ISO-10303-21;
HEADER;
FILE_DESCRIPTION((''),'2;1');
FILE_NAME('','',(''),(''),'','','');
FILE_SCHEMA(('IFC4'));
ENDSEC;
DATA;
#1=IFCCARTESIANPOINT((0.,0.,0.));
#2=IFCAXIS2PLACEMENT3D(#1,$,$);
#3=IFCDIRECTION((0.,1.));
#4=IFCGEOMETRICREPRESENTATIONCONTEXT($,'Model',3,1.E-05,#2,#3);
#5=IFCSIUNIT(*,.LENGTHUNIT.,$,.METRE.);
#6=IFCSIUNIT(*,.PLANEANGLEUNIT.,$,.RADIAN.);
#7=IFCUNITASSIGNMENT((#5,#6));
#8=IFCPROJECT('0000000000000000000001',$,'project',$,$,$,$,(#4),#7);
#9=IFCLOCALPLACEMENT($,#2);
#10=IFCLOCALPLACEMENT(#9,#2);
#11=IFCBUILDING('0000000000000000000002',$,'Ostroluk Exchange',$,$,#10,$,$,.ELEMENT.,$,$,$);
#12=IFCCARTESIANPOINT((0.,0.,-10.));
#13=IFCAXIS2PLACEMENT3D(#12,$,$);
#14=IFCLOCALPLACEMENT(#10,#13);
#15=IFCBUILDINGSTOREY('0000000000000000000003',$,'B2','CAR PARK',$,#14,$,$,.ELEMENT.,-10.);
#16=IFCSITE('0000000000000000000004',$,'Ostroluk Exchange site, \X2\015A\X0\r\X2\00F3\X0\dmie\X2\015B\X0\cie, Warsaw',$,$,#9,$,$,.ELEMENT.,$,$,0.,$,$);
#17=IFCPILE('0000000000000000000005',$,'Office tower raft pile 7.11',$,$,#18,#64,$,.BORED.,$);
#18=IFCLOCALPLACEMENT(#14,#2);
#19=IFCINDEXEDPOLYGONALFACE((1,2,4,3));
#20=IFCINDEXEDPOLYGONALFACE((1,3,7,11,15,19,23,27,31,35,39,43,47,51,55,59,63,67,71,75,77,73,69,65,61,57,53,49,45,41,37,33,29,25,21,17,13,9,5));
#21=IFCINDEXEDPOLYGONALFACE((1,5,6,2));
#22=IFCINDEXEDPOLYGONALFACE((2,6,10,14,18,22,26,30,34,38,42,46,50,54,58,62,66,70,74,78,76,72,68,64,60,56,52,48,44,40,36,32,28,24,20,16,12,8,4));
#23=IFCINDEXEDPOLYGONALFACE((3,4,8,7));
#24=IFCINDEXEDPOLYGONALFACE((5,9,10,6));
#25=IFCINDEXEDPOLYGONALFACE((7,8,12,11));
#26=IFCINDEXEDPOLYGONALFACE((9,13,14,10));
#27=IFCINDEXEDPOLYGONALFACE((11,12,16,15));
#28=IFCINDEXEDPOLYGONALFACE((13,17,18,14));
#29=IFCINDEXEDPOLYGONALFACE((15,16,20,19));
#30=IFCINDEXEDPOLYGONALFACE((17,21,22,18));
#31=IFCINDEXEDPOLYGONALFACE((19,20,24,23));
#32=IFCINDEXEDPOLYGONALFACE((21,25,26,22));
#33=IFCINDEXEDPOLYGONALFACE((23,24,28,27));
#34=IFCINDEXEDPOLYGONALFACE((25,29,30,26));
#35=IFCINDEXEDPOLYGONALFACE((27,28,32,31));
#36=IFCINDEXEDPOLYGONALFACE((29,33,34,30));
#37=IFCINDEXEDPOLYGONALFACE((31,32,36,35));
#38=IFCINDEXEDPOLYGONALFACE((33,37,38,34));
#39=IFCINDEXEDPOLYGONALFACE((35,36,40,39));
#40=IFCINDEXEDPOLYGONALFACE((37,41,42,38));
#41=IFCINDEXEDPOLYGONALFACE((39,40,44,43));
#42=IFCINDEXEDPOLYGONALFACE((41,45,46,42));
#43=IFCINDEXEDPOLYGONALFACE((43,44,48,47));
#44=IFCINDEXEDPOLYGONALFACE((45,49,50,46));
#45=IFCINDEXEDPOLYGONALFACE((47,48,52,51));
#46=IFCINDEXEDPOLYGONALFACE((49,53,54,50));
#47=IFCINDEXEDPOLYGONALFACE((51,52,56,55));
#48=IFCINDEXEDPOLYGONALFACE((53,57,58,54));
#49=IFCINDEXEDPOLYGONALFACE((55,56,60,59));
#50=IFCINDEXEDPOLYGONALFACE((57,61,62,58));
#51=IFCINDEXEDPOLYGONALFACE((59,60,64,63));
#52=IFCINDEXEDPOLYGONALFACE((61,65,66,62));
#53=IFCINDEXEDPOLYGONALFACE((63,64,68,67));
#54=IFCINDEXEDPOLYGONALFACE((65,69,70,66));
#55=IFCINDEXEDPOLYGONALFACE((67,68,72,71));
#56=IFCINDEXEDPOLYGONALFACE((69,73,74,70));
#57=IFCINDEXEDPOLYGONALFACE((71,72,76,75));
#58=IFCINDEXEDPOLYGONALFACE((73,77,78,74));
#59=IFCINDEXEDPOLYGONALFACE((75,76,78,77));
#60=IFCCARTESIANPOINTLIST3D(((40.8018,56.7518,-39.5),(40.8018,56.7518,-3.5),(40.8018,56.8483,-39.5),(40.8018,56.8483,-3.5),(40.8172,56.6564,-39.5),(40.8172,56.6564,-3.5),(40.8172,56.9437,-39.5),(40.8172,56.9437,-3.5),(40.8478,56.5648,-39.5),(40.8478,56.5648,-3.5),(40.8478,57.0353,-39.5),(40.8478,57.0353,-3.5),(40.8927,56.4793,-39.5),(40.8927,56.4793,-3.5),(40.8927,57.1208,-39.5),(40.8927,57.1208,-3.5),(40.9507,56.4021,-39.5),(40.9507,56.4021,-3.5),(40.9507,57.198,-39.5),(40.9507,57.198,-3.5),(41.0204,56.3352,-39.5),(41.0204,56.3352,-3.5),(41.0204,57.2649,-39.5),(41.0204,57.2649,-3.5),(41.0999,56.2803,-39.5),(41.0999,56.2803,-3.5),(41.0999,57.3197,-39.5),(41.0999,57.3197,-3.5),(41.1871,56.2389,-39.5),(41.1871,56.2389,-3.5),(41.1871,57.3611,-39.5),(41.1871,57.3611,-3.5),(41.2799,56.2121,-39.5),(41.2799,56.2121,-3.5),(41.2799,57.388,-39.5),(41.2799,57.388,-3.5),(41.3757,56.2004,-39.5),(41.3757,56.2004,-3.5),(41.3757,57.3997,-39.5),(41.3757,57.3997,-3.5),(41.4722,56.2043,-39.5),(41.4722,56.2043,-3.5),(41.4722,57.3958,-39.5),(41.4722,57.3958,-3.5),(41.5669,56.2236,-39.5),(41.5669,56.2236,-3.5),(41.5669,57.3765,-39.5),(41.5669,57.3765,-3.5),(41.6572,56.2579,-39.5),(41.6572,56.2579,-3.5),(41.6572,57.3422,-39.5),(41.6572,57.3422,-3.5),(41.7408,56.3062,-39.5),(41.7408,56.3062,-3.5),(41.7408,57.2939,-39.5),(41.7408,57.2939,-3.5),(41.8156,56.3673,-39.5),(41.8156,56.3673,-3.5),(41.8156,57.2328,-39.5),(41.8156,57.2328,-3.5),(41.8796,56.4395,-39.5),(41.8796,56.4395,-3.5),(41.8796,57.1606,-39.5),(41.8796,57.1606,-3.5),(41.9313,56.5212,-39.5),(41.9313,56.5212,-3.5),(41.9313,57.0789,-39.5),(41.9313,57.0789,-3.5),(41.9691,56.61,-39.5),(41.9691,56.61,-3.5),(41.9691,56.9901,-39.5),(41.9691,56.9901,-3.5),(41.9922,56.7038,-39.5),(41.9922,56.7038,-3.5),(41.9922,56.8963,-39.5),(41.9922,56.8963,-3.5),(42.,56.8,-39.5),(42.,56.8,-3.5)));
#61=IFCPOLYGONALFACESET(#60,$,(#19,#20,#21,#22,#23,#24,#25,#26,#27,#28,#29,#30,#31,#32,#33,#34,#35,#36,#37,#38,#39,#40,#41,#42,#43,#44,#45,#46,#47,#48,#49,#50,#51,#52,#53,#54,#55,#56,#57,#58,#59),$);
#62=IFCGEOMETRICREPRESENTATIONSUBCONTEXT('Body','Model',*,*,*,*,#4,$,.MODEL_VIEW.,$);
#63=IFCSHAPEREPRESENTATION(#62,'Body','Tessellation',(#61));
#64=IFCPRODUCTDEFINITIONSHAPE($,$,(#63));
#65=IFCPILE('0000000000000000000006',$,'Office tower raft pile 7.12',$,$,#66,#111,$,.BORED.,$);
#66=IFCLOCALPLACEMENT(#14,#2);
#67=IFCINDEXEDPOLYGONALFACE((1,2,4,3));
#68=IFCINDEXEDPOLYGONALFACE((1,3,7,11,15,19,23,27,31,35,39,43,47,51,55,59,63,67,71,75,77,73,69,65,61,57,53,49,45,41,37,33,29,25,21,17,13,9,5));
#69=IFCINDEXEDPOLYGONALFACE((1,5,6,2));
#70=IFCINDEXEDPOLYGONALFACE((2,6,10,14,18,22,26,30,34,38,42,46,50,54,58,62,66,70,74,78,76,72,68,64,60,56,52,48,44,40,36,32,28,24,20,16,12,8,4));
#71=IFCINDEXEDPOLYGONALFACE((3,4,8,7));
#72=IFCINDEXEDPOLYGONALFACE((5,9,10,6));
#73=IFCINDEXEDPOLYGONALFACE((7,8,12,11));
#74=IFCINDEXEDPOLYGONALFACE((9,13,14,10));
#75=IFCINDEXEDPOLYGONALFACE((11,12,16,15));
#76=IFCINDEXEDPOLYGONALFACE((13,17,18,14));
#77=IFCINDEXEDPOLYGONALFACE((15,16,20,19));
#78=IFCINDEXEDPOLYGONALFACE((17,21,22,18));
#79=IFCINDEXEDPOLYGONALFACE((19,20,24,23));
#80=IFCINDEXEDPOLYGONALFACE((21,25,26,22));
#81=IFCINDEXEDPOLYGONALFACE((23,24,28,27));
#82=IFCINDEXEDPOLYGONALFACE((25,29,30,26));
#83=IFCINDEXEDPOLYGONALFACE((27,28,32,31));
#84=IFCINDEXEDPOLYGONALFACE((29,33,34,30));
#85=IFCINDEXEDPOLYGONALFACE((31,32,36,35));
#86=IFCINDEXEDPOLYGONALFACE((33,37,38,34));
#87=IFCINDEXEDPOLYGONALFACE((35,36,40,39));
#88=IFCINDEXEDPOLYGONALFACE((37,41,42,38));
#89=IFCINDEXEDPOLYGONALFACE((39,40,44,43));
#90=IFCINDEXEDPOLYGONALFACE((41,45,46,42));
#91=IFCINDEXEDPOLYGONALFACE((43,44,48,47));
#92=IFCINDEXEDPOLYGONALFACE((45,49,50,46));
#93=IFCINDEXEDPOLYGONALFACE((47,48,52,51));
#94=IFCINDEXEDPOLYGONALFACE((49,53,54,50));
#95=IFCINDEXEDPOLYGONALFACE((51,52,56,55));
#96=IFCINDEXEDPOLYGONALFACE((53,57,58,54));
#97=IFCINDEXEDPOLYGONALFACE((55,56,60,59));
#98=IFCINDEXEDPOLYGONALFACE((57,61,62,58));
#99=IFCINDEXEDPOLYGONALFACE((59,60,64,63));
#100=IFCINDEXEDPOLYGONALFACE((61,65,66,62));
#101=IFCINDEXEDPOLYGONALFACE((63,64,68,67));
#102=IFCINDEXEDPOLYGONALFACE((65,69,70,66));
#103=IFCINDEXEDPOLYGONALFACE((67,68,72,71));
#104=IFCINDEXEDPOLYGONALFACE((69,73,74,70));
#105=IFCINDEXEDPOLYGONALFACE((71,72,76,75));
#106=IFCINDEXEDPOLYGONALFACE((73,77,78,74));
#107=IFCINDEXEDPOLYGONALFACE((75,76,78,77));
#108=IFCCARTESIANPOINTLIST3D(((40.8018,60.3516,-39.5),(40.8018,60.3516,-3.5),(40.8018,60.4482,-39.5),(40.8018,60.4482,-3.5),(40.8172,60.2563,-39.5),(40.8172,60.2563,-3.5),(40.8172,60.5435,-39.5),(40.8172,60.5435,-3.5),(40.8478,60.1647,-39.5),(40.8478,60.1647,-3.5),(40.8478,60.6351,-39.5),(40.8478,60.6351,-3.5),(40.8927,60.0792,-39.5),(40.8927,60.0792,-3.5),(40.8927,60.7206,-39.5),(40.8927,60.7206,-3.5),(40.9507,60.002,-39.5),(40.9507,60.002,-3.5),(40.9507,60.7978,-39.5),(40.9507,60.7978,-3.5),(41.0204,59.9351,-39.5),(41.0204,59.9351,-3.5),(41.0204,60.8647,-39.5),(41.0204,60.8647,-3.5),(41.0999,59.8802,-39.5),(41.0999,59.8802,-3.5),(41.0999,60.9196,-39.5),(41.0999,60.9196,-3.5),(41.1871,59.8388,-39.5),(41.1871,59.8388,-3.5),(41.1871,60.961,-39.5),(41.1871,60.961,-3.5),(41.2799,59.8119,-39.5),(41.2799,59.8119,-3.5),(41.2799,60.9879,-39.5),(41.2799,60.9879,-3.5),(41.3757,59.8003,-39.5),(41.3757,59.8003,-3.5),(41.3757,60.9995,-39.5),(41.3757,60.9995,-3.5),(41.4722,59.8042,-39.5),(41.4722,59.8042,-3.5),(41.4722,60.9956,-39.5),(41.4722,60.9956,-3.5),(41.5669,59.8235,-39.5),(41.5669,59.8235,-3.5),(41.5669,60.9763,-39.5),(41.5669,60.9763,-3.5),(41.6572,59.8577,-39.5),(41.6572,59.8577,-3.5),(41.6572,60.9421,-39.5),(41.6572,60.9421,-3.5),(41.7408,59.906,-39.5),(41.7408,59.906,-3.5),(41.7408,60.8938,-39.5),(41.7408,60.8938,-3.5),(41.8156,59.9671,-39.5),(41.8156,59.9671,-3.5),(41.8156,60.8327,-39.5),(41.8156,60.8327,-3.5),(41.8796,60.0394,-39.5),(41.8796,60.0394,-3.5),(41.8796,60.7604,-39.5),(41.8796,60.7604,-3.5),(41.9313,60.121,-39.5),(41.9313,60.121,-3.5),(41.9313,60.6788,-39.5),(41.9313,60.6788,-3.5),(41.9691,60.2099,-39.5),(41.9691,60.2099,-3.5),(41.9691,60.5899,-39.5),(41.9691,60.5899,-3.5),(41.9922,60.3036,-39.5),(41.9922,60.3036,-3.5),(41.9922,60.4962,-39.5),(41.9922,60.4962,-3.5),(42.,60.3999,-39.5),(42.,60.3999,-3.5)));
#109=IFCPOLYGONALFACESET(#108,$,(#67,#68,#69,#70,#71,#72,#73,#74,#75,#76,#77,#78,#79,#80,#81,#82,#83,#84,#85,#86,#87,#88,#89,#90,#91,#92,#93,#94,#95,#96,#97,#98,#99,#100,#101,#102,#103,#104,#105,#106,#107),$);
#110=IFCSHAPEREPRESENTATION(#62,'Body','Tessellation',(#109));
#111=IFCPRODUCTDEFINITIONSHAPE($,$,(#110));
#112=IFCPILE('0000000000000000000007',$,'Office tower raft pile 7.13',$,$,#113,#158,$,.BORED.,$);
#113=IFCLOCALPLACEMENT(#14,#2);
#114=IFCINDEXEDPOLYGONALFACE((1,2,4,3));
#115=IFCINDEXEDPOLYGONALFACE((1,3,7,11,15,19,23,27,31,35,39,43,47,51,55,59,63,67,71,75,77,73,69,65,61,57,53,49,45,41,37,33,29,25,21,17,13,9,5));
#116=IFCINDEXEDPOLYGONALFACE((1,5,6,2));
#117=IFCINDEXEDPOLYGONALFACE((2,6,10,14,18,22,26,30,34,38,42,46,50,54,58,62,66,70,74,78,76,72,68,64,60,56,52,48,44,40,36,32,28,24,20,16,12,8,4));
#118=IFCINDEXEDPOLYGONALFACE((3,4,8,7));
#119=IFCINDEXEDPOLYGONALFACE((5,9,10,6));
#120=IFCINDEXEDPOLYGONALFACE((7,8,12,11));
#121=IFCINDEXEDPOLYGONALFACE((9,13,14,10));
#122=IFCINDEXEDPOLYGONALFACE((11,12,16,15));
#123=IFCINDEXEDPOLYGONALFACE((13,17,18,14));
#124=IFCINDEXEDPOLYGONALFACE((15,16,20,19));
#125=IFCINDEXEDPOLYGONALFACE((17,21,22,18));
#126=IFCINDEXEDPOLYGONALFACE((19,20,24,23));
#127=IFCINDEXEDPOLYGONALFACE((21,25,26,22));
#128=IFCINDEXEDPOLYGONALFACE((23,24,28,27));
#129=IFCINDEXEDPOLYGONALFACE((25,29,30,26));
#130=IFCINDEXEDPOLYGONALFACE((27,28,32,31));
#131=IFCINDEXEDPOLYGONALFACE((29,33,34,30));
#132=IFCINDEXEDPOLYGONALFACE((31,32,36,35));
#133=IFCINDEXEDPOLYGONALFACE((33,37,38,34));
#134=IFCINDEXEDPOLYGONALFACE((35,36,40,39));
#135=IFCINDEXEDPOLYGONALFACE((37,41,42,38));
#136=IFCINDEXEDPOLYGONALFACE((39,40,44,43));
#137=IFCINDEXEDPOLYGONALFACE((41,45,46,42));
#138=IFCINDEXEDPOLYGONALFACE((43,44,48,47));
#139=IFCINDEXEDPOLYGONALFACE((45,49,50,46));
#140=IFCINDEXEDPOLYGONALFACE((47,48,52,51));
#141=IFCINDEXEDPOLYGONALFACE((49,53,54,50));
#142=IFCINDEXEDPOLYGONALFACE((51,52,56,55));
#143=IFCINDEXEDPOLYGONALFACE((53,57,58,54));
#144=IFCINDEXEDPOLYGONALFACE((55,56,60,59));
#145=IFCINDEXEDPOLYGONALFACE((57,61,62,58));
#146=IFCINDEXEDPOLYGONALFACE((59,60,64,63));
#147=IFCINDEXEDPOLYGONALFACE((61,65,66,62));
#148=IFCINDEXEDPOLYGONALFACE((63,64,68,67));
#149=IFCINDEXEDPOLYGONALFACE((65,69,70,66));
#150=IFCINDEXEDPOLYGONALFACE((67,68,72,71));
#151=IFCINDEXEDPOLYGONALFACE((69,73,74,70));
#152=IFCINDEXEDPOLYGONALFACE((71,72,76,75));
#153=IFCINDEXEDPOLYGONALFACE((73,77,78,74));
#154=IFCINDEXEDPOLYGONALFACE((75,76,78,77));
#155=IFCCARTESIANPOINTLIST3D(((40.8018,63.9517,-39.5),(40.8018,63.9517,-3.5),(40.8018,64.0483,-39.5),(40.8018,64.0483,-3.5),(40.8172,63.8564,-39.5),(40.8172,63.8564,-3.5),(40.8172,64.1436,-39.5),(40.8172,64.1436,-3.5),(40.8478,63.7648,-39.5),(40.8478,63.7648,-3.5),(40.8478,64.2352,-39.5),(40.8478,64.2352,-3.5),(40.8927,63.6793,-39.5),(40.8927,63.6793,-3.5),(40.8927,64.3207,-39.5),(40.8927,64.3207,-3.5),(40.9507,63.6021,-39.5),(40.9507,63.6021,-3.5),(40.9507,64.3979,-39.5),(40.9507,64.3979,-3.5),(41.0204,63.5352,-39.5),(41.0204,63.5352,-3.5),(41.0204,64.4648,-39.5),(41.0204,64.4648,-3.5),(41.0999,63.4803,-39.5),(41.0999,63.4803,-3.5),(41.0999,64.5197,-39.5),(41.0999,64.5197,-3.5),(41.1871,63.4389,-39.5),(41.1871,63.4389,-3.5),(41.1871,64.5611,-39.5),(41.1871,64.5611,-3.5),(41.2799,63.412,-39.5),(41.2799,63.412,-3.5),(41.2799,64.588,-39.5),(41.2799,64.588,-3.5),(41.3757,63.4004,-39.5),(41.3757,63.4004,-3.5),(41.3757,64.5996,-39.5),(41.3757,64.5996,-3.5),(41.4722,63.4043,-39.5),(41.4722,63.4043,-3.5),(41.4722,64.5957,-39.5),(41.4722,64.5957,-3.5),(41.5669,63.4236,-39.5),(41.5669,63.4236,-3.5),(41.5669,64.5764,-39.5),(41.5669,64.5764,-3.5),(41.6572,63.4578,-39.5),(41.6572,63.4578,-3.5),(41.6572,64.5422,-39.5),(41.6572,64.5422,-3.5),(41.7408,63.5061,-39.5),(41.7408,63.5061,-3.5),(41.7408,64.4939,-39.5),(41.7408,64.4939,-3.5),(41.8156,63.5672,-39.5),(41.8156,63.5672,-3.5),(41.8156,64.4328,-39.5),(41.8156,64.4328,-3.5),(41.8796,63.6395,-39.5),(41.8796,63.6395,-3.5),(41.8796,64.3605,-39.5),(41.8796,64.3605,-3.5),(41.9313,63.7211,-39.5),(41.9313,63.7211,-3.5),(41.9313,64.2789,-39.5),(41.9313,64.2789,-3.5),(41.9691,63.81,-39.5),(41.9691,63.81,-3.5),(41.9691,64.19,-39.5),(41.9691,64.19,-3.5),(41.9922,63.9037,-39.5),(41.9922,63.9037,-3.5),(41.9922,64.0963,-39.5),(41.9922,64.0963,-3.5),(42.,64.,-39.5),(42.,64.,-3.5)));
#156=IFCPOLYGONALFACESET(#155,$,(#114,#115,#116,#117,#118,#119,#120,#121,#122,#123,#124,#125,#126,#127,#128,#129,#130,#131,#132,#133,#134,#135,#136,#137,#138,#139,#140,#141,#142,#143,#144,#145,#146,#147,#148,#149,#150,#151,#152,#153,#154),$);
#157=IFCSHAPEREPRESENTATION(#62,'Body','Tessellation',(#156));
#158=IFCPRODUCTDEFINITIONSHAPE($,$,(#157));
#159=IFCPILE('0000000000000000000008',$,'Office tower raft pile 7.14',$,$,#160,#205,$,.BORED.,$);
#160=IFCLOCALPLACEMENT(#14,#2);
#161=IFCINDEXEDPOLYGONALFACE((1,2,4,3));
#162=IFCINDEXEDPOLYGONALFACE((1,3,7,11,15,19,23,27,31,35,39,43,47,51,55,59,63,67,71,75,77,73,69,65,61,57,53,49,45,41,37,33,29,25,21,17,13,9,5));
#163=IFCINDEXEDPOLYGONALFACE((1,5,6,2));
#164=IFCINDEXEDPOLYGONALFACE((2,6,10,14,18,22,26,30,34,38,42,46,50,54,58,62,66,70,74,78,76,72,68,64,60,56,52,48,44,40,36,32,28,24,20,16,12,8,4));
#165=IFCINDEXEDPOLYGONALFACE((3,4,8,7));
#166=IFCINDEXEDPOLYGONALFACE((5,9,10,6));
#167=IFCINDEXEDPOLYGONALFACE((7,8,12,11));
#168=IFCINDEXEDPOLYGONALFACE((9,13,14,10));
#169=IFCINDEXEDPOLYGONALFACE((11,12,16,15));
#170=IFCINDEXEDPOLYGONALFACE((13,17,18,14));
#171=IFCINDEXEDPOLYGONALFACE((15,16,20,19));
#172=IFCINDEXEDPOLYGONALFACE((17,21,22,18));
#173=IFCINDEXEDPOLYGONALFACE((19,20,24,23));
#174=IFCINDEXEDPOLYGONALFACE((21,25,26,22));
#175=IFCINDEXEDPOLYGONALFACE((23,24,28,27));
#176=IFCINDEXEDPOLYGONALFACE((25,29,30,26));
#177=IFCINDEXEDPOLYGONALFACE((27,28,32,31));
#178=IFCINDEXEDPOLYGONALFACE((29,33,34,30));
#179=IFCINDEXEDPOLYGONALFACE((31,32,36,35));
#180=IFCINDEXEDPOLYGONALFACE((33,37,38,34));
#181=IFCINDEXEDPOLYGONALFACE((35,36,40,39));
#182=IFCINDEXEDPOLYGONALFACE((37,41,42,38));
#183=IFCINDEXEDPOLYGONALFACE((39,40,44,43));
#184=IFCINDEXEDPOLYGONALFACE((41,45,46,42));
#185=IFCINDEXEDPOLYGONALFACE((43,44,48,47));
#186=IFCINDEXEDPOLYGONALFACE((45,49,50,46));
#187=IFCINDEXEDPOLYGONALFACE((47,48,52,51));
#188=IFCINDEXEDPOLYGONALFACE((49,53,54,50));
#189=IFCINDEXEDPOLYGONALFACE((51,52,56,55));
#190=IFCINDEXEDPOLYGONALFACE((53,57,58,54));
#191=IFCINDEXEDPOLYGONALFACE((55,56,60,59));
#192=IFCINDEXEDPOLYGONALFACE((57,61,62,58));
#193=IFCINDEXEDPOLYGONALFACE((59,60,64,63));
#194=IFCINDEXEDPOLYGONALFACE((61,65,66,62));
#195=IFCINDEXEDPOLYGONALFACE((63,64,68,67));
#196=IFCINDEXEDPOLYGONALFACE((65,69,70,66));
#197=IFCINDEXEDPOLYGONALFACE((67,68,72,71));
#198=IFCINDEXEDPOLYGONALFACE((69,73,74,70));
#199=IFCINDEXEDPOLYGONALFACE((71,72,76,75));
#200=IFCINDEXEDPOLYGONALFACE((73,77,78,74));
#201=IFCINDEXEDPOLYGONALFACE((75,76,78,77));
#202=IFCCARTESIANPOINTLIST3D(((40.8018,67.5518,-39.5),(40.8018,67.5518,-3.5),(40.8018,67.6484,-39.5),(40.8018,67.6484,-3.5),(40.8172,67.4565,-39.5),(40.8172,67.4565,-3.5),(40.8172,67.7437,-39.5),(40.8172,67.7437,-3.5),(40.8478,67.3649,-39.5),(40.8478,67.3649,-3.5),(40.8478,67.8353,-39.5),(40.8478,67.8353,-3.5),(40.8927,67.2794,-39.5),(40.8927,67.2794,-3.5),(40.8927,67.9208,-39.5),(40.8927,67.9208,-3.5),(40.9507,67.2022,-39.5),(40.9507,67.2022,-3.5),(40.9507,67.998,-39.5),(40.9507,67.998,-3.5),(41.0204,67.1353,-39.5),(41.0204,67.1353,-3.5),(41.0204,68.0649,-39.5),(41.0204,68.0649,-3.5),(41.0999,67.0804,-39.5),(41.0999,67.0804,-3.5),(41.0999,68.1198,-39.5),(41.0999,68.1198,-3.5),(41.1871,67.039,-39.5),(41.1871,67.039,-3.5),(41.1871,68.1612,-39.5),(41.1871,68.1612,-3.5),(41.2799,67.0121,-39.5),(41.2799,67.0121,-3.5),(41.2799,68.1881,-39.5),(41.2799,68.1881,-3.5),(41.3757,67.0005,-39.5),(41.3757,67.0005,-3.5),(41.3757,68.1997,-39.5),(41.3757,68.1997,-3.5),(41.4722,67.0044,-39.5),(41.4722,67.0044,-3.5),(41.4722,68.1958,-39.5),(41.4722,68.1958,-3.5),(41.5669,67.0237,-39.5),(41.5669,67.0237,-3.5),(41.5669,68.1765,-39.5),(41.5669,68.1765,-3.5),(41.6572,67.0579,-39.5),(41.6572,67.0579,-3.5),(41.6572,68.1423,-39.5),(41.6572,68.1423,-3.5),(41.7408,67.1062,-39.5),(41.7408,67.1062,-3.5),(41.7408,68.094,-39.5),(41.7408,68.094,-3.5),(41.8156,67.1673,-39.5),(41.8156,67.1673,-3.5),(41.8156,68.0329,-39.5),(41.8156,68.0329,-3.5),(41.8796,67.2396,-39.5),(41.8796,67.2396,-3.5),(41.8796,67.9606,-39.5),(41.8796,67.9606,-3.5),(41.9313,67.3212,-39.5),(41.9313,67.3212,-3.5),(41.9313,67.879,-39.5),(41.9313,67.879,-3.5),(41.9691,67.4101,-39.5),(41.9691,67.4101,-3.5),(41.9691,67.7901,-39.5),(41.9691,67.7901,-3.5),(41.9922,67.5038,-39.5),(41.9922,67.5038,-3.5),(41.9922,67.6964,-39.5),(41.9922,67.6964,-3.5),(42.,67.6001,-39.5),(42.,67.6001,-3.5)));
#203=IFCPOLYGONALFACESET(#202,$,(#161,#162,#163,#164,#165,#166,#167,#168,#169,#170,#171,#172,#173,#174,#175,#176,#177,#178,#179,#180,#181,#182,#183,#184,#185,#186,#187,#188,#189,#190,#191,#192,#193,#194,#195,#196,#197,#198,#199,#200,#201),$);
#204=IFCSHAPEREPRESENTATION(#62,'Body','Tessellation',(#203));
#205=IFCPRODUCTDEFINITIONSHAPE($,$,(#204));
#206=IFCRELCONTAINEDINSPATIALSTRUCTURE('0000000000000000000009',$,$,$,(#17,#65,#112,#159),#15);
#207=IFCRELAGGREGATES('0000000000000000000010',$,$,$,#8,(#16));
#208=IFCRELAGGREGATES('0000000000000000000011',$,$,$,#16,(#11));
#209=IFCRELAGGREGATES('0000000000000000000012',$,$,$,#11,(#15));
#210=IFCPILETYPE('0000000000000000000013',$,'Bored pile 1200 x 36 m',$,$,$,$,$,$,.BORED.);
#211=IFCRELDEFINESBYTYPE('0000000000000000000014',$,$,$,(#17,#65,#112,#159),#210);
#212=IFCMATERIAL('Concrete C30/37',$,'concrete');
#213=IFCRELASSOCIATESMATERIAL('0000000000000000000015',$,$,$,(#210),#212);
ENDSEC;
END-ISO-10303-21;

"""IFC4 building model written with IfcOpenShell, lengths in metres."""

from ifc_helpers import new_model, si_unit, direction, frame, origin, origin_2d, place, context, subcontext, project, spatial, circle, extrude, material, type_object, element, save


model = new_model("IFC4")

# Units and contexts
model_context = context("Model", 3, precision=1e-05, world=origin(), true_north=direction((0.0, 1.0)))
body_context = subcontext(model_context, "Body", "Model", "MODEL_VIEW")
ifc_project = project(units=[si_unit("LENGTHUNIT", "METRE"), si_unit("PLANEANGLEUNIT", "RADIAN")], contexts=[model_context])

# Site, building, storey
site_placement = place(None, origin())
site = spatial("IfcSite", under=ifc_project, at=site_placement, Name="Ostroluk Exchange site, Śródmieście, Warsaw", CompositionType="ELEMENT", RefElevation=0.0)
building_placement = place(site_placement, origin())
building = spatial("IfcBuilding", under=site, at=building_placement, Name="Ostroluk Exchange", CompositionType="ELEMENT")
storey_placement = place(building_placement, frame((0.0, 0.0, -10.0)))
storey = spatial("IfcBuildingStorey", under=building, at=storey_placement, Name="B2", Description="CAR PARK", CompositionType="ELEMENT", Elevation=-10.0)

# Piles
ifc_material_1 = material(Name="Concrete C30/37", Category="concrete")
pile_type = type_object("IfcPileType", Name="Bored pile 1200 x 36 m", PredefinedType="BORED", material=ifc_material_1)
for number, where, z_axis, x_axis, name in (
    (1, (41.3999, 56.8, -3.5), (0.0, 0.0, -1.0), (1.0, 0.0, 0.0), "Office tower raft pile 7.11"),
    (2, (41.3999, 60.3999, -3.5), (0.0, 0.0, -1.0), (1.0, 0.0, 0.0), "Office tower raft pile 7.12"),
    (3, (41.3999, 64.0, -3.5), (0.0, 0.0, -1.0), (1.0, 0.0, 0.0), "Office tower raft pile 7.13"),
    (4, (41.3999, 67.6001, -3.5), (0.0, 0.0, -1.0), (1.0, 0.0, 0.0), "Office tower raft pile 7.14"),
):
    element("IfcPile", number, at=place(storey_placement, frame(where, z_axis=z_axis, x_axis=x_axis)), inside=storey, type_object=pile_type, Name=name, PredefinedType="BORED", context=body_context, shape_type="SweptSolid", body=[
        extrude(circle(Radius=0.6001, at=origin_2d()), origin(), (0.0, 0.0, 1.0), 36.0),
    ])

save(model, "model.ifc")
